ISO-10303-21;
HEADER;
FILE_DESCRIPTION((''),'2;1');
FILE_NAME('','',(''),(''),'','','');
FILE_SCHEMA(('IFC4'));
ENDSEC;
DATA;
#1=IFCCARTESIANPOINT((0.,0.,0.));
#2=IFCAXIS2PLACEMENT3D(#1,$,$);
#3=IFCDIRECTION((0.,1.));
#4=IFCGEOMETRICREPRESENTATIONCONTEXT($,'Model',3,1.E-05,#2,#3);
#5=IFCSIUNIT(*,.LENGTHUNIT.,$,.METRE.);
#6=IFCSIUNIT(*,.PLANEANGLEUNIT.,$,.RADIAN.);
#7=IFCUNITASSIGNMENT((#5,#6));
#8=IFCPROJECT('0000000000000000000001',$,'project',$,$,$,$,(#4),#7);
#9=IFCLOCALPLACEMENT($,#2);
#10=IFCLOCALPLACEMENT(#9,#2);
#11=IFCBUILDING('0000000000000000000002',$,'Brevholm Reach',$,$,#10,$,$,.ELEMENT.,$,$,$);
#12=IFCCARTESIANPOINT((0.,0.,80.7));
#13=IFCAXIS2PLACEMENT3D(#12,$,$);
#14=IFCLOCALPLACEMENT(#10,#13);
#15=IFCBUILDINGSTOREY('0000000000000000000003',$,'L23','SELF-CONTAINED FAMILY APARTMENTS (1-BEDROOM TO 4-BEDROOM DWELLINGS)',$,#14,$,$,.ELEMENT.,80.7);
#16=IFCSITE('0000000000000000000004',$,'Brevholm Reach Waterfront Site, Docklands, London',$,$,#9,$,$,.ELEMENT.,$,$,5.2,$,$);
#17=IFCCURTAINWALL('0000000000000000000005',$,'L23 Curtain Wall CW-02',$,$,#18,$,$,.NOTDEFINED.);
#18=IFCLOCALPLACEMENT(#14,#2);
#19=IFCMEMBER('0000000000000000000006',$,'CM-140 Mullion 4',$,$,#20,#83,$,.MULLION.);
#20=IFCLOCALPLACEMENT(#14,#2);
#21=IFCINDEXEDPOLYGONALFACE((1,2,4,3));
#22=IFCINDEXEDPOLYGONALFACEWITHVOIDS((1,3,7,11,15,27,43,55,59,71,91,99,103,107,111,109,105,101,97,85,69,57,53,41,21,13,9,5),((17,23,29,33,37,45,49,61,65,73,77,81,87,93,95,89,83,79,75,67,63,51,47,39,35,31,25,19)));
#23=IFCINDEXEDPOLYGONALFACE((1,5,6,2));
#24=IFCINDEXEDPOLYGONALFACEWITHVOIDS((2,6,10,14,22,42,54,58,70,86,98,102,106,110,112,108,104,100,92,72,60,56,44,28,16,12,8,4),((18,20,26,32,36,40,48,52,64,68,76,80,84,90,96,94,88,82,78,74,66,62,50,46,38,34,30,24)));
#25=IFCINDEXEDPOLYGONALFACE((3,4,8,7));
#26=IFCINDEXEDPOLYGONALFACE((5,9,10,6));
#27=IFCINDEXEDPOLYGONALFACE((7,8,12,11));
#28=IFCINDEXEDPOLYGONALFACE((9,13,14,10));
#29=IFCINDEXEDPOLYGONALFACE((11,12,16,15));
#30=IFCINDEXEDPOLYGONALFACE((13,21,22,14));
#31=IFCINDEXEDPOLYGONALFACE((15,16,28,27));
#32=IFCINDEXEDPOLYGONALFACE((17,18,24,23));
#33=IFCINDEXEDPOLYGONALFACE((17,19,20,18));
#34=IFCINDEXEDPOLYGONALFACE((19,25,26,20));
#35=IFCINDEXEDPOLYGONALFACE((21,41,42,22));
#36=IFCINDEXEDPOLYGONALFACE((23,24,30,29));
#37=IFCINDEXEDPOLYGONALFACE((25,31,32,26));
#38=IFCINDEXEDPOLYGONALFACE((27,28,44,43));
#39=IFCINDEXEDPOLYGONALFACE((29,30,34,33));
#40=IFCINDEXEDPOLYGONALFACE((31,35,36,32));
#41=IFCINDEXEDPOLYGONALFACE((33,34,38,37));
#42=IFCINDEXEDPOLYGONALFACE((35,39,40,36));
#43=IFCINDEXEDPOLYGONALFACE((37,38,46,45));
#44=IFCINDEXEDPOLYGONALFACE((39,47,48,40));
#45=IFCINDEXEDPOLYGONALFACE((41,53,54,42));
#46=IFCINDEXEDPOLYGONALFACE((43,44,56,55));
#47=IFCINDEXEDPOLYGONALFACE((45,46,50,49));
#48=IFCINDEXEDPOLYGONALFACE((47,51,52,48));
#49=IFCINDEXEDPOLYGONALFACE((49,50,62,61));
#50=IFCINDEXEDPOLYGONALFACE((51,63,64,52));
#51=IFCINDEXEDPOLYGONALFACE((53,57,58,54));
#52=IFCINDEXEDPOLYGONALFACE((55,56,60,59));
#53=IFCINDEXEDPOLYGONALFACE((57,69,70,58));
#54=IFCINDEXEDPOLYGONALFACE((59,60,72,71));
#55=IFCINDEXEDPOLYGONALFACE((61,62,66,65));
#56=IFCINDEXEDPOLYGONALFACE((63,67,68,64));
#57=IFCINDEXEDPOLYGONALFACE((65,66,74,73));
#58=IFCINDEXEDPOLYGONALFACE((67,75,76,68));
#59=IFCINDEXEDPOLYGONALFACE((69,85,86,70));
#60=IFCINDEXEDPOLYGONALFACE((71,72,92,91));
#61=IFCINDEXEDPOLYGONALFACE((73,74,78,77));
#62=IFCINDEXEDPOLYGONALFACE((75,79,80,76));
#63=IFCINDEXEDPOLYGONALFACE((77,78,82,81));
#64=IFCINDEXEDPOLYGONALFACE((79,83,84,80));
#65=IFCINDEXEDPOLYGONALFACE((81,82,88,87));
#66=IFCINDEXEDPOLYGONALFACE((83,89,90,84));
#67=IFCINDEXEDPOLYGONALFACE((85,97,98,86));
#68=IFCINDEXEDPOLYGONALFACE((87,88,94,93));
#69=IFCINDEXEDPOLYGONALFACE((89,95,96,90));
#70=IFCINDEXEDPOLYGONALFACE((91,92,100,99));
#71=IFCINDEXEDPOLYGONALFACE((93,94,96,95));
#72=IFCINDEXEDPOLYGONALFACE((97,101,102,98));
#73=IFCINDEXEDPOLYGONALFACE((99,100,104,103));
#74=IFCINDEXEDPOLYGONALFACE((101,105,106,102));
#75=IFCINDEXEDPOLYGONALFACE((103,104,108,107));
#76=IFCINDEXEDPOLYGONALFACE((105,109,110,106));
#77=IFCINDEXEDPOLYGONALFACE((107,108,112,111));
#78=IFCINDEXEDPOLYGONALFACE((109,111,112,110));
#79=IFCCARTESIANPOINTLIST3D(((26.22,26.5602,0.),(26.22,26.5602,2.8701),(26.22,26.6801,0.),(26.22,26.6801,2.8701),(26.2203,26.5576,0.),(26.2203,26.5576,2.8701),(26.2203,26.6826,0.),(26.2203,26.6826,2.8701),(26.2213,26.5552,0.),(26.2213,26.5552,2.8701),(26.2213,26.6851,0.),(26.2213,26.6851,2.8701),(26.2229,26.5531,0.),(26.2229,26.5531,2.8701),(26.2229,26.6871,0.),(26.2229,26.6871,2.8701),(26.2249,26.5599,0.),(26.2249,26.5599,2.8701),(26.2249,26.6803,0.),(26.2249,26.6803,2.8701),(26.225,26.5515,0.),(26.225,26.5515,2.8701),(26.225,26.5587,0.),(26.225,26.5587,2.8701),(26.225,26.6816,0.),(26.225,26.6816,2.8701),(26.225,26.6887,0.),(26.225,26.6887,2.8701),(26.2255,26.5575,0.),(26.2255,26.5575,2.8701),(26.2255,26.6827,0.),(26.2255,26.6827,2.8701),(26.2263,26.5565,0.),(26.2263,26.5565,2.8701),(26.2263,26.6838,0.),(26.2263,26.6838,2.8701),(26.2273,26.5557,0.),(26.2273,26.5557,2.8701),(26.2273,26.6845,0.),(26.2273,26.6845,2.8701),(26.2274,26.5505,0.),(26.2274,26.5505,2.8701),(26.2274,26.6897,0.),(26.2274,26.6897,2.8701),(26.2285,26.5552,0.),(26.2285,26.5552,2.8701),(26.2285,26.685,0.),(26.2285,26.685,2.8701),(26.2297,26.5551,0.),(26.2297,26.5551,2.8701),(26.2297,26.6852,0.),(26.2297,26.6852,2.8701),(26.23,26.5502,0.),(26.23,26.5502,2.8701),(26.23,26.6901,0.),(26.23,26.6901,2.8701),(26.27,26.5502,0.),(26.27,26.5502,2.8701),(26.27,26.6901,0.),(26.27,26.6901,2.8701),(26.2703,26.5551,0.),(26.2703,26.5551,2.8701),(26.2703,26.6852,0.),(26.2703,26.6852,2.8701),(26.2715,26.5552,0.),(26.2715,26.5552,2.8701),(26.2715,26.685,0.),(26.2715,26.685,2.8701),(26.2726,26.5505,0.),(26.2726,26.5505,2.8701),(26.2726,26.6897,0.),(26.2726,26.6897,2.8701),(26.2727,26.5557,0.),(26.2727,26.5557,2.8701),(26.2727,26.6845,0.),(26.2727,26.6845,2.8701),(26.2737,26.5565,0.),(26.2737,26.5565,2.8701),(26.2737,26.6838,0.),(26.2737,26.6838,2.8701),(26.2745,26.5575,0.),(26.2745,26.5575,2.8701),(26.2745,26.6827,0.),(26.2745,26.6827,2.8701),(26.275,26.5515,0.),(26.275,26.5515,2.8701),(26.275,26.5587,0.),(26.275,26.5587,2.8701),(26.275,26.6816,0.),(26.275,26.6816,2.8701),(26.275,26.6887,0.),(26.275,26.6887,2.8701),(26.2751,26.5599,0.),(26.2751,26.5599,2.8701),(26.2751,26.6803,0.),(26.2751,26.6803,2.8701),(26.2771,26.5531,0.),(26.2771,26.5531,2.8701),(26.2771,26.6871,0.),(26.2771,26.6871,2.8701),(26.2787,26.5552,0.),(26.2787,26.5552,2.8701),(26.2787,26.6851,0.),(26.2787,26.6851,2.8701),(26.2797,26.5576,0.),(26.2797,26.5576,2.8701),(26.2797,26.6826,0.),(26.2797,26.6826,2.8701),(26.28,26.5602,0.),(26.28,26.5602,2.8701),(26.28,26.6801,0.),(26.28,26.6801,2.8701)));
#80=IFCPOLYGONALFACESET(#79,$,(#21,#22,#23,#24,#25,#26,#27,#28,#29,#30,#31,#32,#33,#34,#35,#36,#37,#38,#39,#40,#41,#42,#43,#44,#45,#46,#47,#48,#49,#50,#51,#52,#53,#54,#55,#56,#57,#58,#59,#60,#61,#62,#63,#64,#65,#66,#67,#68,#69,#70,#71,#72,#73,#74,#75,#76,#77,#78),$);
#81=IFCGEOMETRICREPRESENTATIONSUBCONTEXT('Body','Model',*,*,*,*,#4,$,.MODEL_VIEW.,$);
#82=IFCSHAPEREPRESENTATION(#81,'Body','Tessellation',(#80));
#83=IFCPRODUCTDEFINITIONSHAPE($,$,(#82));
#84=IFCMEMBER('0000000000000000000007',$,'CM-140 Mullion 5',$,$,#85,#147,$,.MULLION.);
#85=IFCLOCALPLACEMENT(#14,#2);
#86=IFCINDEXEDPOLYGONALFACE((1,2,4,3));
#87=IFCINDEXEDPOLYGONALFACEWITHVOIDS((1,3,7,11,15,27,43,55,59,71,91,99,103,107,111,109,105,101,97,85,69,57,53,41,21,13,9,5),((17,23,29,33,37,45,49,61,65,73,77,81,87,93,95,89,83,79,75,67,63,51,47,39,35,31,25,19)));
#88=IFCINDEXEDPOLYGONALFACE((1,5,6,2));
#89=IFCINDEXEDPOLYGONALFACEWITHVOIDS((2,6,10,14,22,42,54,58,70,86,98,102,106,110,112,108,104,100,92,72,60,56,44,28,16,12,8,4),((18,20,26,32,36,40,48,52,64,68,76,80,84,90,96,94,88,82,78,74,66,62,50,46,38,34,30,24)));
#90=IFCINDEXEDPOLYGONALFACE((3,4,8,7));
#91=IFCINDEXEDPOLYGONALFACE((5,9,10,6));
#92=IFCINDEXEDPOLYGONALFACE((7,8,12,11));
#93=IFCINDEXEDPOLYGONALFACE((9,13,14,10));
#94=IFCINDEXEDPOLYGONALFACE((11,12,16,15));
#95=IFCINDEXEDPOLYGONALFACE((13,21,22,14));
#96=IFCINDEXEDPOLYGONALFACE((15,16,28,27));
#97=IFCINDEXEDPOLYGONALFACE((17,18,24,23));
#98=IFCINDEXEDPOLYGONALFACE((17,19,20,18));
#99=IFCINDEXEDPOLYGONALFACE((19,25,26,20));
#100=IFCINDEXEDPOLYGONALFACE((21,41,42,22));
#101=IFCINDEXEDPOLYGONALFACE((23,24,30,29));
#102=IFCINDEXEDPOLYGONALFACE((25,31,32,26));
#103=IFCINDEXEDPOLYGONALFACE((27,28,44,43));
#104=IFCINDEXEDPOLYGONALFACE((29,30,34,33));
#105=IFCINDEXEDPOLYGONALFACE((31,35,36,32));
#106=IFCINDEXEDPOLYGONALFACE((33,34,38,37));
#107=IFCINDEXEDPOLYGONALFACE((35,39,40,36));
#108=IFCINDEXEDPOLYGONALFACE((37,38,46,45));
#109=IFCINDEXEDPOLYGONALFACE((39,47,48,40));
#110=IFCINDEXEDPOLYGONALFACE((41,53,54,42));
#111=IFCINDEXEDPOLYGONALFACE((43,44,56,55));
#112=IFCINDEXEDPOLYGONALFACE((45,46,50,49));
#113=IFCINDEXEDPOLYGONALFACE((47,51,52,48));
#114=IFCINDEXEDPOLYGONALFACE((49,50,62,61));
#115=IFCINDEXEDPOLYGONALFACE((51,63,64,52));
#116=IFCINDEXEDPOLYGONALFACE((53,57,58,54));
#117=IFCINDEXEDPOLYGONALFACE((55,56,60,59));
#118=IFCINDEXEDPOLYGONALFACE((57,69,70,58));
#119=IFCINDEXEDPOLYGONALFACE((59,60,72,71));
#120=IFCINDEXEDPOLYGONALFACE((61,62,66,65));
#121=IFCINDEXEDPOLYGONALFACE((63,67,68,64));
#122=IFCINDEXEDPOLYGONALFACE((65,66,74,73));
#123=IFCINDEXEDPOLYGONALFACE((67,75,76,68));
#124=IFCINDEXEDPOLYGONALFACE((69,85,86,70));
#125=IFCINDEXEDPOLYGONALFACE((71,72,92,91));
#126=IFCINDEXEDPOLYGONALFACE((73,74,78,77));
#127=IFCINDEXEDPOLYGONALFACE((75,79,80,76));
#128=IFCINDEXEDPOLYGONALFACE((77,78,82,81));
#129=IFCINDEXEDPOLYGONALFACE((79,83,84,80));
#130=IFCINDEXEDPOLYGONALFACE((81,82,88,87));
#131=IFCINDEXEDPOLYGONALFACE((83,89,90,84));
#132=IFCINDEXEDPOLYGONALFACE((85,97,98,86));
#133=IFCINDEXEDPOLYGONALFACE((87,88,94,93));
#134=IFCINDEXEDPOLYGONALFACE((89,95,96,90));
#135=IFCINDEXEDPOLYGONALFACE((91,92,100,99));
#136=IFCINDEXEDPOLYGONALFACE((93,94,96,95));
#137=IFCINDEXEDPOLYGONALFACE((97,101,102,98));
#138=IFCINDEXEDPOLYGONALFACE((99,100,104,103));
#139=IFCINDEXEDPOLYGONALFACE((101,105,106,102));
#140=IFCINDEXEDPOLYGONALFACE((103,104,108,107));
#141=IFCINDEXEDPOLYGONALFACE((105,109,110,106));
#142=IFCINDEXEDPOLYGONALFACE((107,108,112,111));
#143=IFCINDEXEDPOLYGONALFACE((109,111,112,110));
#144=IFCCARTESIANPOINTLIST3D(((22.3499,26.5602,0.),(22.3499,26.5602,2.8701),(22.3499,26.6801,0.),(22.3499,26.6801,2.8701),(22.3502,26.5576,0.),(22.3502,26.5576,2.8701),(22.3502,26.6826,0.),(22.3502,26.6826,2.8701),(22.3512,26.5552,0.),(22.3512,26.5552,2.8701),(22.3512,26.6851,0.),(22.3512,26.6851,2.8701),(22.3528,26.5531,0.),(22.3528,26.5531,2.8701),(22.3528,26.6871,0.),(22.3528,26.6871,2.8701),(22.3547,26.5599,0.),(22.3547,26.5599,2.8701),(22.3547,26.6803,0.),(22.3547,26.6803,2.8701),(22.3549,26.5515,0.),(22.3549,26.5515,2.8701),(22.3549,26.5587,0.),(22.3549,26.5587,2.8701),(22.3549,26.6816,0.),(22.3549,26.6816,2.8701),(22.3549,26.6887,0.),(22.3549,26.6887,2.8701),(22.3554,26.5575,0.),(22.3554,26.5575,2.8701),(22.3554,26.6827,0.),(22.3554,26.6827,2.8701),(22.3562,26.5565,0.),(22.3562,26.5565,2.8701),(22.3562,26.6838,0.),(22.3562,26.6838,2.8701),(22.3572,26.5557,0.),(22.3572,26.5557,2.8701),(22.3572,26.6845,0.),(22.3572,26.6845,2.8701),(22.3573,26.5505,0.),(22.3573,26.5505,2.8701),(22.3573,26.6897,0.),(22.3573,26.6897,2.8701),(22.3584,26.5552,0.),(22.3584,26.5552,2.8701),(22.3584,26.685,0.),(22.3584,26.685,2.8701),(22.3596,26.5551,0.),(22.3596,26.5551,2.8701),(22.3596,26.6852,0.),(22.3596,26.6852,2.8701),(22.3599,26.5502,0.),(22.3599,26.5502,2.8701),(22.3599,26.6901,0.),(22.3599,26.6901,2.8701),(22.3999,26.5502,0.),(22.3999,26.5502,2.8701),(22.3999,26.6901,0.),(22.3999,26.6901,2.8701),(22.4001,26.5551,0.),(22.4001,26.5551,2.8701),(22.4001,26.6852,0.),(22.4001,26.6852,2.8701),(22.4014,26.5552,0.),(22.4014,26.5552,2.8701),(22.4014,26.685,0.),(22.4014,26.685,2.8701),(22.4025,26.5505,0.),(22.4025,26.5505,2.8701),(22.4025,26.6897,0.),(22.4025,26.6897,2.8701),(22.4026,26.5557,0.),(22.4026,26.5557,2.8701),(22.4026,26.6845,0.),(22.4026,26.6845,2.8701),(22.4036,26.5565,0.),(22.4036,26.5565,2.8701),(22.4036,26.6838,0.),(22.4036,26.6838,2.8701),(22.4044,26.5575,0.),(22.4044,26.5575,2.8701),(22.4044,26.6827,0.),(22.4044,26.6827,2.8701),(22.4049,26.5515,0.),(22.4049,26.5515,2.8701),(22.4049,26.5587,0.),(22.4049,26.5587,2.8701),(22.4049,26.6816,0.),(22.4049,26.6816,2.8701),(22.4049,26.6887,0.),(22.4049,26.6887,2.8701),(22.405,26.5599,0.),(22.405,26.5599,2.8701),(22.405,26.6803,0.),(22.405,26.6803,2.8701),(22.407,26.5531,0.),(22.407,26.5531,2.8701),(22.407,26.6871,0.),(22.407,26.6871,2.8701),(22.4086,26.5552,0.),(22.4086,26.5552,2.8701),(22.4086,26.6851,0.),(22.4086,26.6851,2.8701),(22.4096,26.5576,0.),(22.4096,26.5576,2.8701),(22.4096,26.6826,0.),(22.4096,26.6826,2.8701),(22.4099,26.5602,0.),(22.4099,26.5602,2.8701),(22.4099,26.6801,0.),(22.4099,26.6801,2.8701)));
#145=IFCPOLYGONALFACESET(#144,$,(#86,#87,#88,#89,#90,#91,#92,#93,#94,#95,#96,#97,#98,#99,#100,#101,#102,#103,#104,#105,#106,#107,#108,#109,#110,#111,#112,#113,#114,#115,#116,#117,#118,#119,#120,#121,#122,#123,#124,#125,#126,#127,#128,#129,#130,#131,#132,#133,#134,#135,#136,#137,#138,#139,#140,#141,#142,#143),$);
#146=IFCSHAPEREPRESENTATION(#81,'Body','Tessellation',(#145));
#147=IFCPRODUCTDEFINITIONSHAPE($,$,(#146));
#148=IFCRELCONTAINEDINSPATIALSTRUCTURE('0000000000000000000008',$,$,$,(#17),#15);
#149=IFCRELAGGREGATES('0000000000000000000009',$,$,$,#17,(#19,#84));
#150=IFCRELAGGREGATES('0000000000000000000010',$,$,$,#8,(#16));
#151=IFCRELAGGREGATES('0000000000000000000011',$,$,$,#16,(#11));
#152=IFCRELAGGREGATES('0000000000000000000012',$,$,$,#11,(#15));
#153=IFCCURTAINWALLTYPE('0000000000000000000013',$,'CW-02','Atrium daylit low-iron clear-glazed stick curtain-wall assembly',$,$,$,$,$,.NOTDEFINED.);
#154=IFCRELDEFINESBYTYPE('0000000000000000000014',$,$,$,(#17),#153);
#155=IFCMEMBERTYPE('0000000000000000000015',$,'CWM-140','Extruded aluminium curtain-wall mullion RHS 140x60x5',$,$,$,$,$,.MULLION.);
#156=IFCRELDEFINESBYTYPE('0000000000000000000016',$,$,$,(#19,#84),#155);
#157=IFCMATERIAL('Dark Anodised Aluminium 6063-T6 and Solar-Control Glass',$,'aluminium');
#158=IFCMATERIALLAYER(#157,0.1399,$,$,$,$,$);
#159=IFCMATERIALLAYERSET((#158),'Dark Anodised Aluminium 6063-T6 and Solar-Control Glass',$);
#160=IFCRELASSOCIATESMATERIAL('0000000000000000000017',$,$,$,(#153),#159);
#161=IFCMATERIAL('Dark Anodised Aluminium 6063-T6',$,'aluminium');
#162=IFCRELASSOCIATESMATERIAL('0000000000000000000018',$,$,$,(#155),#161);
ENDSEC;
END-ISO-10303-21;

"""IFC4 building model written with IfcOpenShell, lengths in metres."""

from ifc_helpers import new_model, si_unit, direction, frame, origin, origin_2d, place, context, subcontext, project, spatial, hollow_rectangle, extrude, material, layer, layer_set, material_profile, profile_set, type_object, element, aggregate, save


model = new_model("IFC4")

# Units and contexts
model_context = context("Model", 3, precision=1e-05, world=origin(), true_north=direction((0.0, 1.0)))
body_context = subcontext(model_context, "Body", "Model", "MODEL_VIEW")
ifc_project = project(units=[si_unit("LENGTHUNIT", "METRE"), si_unit("PLANEANGLEUNIT", "RADIAN")], contexts=[model_context])

# Site, building, storey
site_placement = place(None, origin())
site = spatial("IfcSite", under=ifc_project, at=site_placement, Name="Brevholm Reach Waterfront Site, Docklands, London", CompositionType="ELEMENT", RefElevation=5.2)
building_placement = place(site_placement, origin())
building = spatial("IfcBuilding", under=site, at=building_placement, Name="Brevholm Reach", CompositionType="ELEMENT")
storey_placement = place(building_placement, frame((0.0, 0.0, 80.7)))
storey = spatial("IfcBuildingStorey", under=building, at=storey_placement, Name="L23", Description="SELF-CONTAINED FAMILY APARTMENTS (1-BEDROOM TO 4-BEDROOM DWELLINGS)", CompositionType="ELEMENT", Elevation=80.7)

# Curtain wall, members
ifc_material_1 = material(Name="Dark Anodised Aluminium 6063-T6 and Solar-Control Glass", Category="aluminium")
ifc_layer_1 = layer(ifc_material_1, 0.1399)
ifc_layer_set_1 = layer_set([ifc_layer_1], Name="Dark Anodised Aluminium 6063-T6 and Solar-Control Glass")
curtain_wall_type = type_object("IfcCurtainWallType", Name="CW-02", Description="Atrium daylit low-iron clear-glazed stick curtain-wall assembly", PredefinedType="NOTDEFINED", material=ifc_layer_set_1)
curtain_wall_placement = place(storey_placement, origin())
curtain_wall = element("IfcCurtainWall", 1, at=curtain_wall_placement, inside=storey, type_object=curtain_wall_type, Name="L23 Curtain Wall CW-02", PredefinedType="NOTDEFINED")
ifc_material_2 = material(Name="Dark Anodised Aluminium 6063-T6", Category="aluminium")
ifc_material_profile_1 = material_profile(ifc_material_2, hollow_rectangle(XDim=0.0601, YDim=0.1399, WallThickness=0.0049, InnerFilletRadius=0.0049, OuterFilletRadius=0.01, at=origin_2d()), Name="RHS 140x60x5")
ifc_profile_set_1 = profile_set([ifc_material_profile_1], Name="Dark Anodised Aluminium 6063-T6")
member_type_1 = type_object("IfcMemberType", Name="CWM-140", Description="Extruded aluminium curtain-wall mullion RHS 140x60x5", PredefinedType="MULLION", material=ifc_profile_set_1)
member_1_placement = place(storey_placement, frame((26.25, 26.6201, 0.0), z_axis=(0.0, 0.0, 1.0), x_axis=(-1.0, 0.0, 0.0)))
member_1 = element("IfcMember", 2, at=member_1_placement, type_object=member_type_1, Name="CM-140 Mullion 4", PredefinedType="MULLION", context=body_context, shape_type="SweptSolid", body=[
    extrude(hollow_rectangle(XDim=0.0601, YDim=0.1399, WallThickness=0.0049, InnerFilletRadius=0.0049, OuterFilletRadius=0.01, at=origin_2d()), origin(), (0.0, 0.0, 1.0), 2.8701),
])
member_2_placement = place(storey_placement, frame((22.3799, 26.6201, 0.0), z_axis=(0.0, 0.0, 1.0), x_axis=(-1.0, 0.0, 0.0)))
member_2 = element("IfcMember", 3, at=member_2_placement, type_object=member_type_1, Name="CM-140 Mullion 5", PredefinedType="MULLION", context=body_context, shape_type="SweptSolid", body=[
    extrude(hollow_rectangle(XDim=0.0601, YDim=0.1399, WallThickness=0.0049, InnerFilletRadius=0.0049, OuterFilletRadius=0.01, at=origin_2d()), origin(), (0.0, 0.0, 1.0), 2.8701),
])
aggregate(curtain_wall, [member_1, member_2])

save(model, "model.ifc")
